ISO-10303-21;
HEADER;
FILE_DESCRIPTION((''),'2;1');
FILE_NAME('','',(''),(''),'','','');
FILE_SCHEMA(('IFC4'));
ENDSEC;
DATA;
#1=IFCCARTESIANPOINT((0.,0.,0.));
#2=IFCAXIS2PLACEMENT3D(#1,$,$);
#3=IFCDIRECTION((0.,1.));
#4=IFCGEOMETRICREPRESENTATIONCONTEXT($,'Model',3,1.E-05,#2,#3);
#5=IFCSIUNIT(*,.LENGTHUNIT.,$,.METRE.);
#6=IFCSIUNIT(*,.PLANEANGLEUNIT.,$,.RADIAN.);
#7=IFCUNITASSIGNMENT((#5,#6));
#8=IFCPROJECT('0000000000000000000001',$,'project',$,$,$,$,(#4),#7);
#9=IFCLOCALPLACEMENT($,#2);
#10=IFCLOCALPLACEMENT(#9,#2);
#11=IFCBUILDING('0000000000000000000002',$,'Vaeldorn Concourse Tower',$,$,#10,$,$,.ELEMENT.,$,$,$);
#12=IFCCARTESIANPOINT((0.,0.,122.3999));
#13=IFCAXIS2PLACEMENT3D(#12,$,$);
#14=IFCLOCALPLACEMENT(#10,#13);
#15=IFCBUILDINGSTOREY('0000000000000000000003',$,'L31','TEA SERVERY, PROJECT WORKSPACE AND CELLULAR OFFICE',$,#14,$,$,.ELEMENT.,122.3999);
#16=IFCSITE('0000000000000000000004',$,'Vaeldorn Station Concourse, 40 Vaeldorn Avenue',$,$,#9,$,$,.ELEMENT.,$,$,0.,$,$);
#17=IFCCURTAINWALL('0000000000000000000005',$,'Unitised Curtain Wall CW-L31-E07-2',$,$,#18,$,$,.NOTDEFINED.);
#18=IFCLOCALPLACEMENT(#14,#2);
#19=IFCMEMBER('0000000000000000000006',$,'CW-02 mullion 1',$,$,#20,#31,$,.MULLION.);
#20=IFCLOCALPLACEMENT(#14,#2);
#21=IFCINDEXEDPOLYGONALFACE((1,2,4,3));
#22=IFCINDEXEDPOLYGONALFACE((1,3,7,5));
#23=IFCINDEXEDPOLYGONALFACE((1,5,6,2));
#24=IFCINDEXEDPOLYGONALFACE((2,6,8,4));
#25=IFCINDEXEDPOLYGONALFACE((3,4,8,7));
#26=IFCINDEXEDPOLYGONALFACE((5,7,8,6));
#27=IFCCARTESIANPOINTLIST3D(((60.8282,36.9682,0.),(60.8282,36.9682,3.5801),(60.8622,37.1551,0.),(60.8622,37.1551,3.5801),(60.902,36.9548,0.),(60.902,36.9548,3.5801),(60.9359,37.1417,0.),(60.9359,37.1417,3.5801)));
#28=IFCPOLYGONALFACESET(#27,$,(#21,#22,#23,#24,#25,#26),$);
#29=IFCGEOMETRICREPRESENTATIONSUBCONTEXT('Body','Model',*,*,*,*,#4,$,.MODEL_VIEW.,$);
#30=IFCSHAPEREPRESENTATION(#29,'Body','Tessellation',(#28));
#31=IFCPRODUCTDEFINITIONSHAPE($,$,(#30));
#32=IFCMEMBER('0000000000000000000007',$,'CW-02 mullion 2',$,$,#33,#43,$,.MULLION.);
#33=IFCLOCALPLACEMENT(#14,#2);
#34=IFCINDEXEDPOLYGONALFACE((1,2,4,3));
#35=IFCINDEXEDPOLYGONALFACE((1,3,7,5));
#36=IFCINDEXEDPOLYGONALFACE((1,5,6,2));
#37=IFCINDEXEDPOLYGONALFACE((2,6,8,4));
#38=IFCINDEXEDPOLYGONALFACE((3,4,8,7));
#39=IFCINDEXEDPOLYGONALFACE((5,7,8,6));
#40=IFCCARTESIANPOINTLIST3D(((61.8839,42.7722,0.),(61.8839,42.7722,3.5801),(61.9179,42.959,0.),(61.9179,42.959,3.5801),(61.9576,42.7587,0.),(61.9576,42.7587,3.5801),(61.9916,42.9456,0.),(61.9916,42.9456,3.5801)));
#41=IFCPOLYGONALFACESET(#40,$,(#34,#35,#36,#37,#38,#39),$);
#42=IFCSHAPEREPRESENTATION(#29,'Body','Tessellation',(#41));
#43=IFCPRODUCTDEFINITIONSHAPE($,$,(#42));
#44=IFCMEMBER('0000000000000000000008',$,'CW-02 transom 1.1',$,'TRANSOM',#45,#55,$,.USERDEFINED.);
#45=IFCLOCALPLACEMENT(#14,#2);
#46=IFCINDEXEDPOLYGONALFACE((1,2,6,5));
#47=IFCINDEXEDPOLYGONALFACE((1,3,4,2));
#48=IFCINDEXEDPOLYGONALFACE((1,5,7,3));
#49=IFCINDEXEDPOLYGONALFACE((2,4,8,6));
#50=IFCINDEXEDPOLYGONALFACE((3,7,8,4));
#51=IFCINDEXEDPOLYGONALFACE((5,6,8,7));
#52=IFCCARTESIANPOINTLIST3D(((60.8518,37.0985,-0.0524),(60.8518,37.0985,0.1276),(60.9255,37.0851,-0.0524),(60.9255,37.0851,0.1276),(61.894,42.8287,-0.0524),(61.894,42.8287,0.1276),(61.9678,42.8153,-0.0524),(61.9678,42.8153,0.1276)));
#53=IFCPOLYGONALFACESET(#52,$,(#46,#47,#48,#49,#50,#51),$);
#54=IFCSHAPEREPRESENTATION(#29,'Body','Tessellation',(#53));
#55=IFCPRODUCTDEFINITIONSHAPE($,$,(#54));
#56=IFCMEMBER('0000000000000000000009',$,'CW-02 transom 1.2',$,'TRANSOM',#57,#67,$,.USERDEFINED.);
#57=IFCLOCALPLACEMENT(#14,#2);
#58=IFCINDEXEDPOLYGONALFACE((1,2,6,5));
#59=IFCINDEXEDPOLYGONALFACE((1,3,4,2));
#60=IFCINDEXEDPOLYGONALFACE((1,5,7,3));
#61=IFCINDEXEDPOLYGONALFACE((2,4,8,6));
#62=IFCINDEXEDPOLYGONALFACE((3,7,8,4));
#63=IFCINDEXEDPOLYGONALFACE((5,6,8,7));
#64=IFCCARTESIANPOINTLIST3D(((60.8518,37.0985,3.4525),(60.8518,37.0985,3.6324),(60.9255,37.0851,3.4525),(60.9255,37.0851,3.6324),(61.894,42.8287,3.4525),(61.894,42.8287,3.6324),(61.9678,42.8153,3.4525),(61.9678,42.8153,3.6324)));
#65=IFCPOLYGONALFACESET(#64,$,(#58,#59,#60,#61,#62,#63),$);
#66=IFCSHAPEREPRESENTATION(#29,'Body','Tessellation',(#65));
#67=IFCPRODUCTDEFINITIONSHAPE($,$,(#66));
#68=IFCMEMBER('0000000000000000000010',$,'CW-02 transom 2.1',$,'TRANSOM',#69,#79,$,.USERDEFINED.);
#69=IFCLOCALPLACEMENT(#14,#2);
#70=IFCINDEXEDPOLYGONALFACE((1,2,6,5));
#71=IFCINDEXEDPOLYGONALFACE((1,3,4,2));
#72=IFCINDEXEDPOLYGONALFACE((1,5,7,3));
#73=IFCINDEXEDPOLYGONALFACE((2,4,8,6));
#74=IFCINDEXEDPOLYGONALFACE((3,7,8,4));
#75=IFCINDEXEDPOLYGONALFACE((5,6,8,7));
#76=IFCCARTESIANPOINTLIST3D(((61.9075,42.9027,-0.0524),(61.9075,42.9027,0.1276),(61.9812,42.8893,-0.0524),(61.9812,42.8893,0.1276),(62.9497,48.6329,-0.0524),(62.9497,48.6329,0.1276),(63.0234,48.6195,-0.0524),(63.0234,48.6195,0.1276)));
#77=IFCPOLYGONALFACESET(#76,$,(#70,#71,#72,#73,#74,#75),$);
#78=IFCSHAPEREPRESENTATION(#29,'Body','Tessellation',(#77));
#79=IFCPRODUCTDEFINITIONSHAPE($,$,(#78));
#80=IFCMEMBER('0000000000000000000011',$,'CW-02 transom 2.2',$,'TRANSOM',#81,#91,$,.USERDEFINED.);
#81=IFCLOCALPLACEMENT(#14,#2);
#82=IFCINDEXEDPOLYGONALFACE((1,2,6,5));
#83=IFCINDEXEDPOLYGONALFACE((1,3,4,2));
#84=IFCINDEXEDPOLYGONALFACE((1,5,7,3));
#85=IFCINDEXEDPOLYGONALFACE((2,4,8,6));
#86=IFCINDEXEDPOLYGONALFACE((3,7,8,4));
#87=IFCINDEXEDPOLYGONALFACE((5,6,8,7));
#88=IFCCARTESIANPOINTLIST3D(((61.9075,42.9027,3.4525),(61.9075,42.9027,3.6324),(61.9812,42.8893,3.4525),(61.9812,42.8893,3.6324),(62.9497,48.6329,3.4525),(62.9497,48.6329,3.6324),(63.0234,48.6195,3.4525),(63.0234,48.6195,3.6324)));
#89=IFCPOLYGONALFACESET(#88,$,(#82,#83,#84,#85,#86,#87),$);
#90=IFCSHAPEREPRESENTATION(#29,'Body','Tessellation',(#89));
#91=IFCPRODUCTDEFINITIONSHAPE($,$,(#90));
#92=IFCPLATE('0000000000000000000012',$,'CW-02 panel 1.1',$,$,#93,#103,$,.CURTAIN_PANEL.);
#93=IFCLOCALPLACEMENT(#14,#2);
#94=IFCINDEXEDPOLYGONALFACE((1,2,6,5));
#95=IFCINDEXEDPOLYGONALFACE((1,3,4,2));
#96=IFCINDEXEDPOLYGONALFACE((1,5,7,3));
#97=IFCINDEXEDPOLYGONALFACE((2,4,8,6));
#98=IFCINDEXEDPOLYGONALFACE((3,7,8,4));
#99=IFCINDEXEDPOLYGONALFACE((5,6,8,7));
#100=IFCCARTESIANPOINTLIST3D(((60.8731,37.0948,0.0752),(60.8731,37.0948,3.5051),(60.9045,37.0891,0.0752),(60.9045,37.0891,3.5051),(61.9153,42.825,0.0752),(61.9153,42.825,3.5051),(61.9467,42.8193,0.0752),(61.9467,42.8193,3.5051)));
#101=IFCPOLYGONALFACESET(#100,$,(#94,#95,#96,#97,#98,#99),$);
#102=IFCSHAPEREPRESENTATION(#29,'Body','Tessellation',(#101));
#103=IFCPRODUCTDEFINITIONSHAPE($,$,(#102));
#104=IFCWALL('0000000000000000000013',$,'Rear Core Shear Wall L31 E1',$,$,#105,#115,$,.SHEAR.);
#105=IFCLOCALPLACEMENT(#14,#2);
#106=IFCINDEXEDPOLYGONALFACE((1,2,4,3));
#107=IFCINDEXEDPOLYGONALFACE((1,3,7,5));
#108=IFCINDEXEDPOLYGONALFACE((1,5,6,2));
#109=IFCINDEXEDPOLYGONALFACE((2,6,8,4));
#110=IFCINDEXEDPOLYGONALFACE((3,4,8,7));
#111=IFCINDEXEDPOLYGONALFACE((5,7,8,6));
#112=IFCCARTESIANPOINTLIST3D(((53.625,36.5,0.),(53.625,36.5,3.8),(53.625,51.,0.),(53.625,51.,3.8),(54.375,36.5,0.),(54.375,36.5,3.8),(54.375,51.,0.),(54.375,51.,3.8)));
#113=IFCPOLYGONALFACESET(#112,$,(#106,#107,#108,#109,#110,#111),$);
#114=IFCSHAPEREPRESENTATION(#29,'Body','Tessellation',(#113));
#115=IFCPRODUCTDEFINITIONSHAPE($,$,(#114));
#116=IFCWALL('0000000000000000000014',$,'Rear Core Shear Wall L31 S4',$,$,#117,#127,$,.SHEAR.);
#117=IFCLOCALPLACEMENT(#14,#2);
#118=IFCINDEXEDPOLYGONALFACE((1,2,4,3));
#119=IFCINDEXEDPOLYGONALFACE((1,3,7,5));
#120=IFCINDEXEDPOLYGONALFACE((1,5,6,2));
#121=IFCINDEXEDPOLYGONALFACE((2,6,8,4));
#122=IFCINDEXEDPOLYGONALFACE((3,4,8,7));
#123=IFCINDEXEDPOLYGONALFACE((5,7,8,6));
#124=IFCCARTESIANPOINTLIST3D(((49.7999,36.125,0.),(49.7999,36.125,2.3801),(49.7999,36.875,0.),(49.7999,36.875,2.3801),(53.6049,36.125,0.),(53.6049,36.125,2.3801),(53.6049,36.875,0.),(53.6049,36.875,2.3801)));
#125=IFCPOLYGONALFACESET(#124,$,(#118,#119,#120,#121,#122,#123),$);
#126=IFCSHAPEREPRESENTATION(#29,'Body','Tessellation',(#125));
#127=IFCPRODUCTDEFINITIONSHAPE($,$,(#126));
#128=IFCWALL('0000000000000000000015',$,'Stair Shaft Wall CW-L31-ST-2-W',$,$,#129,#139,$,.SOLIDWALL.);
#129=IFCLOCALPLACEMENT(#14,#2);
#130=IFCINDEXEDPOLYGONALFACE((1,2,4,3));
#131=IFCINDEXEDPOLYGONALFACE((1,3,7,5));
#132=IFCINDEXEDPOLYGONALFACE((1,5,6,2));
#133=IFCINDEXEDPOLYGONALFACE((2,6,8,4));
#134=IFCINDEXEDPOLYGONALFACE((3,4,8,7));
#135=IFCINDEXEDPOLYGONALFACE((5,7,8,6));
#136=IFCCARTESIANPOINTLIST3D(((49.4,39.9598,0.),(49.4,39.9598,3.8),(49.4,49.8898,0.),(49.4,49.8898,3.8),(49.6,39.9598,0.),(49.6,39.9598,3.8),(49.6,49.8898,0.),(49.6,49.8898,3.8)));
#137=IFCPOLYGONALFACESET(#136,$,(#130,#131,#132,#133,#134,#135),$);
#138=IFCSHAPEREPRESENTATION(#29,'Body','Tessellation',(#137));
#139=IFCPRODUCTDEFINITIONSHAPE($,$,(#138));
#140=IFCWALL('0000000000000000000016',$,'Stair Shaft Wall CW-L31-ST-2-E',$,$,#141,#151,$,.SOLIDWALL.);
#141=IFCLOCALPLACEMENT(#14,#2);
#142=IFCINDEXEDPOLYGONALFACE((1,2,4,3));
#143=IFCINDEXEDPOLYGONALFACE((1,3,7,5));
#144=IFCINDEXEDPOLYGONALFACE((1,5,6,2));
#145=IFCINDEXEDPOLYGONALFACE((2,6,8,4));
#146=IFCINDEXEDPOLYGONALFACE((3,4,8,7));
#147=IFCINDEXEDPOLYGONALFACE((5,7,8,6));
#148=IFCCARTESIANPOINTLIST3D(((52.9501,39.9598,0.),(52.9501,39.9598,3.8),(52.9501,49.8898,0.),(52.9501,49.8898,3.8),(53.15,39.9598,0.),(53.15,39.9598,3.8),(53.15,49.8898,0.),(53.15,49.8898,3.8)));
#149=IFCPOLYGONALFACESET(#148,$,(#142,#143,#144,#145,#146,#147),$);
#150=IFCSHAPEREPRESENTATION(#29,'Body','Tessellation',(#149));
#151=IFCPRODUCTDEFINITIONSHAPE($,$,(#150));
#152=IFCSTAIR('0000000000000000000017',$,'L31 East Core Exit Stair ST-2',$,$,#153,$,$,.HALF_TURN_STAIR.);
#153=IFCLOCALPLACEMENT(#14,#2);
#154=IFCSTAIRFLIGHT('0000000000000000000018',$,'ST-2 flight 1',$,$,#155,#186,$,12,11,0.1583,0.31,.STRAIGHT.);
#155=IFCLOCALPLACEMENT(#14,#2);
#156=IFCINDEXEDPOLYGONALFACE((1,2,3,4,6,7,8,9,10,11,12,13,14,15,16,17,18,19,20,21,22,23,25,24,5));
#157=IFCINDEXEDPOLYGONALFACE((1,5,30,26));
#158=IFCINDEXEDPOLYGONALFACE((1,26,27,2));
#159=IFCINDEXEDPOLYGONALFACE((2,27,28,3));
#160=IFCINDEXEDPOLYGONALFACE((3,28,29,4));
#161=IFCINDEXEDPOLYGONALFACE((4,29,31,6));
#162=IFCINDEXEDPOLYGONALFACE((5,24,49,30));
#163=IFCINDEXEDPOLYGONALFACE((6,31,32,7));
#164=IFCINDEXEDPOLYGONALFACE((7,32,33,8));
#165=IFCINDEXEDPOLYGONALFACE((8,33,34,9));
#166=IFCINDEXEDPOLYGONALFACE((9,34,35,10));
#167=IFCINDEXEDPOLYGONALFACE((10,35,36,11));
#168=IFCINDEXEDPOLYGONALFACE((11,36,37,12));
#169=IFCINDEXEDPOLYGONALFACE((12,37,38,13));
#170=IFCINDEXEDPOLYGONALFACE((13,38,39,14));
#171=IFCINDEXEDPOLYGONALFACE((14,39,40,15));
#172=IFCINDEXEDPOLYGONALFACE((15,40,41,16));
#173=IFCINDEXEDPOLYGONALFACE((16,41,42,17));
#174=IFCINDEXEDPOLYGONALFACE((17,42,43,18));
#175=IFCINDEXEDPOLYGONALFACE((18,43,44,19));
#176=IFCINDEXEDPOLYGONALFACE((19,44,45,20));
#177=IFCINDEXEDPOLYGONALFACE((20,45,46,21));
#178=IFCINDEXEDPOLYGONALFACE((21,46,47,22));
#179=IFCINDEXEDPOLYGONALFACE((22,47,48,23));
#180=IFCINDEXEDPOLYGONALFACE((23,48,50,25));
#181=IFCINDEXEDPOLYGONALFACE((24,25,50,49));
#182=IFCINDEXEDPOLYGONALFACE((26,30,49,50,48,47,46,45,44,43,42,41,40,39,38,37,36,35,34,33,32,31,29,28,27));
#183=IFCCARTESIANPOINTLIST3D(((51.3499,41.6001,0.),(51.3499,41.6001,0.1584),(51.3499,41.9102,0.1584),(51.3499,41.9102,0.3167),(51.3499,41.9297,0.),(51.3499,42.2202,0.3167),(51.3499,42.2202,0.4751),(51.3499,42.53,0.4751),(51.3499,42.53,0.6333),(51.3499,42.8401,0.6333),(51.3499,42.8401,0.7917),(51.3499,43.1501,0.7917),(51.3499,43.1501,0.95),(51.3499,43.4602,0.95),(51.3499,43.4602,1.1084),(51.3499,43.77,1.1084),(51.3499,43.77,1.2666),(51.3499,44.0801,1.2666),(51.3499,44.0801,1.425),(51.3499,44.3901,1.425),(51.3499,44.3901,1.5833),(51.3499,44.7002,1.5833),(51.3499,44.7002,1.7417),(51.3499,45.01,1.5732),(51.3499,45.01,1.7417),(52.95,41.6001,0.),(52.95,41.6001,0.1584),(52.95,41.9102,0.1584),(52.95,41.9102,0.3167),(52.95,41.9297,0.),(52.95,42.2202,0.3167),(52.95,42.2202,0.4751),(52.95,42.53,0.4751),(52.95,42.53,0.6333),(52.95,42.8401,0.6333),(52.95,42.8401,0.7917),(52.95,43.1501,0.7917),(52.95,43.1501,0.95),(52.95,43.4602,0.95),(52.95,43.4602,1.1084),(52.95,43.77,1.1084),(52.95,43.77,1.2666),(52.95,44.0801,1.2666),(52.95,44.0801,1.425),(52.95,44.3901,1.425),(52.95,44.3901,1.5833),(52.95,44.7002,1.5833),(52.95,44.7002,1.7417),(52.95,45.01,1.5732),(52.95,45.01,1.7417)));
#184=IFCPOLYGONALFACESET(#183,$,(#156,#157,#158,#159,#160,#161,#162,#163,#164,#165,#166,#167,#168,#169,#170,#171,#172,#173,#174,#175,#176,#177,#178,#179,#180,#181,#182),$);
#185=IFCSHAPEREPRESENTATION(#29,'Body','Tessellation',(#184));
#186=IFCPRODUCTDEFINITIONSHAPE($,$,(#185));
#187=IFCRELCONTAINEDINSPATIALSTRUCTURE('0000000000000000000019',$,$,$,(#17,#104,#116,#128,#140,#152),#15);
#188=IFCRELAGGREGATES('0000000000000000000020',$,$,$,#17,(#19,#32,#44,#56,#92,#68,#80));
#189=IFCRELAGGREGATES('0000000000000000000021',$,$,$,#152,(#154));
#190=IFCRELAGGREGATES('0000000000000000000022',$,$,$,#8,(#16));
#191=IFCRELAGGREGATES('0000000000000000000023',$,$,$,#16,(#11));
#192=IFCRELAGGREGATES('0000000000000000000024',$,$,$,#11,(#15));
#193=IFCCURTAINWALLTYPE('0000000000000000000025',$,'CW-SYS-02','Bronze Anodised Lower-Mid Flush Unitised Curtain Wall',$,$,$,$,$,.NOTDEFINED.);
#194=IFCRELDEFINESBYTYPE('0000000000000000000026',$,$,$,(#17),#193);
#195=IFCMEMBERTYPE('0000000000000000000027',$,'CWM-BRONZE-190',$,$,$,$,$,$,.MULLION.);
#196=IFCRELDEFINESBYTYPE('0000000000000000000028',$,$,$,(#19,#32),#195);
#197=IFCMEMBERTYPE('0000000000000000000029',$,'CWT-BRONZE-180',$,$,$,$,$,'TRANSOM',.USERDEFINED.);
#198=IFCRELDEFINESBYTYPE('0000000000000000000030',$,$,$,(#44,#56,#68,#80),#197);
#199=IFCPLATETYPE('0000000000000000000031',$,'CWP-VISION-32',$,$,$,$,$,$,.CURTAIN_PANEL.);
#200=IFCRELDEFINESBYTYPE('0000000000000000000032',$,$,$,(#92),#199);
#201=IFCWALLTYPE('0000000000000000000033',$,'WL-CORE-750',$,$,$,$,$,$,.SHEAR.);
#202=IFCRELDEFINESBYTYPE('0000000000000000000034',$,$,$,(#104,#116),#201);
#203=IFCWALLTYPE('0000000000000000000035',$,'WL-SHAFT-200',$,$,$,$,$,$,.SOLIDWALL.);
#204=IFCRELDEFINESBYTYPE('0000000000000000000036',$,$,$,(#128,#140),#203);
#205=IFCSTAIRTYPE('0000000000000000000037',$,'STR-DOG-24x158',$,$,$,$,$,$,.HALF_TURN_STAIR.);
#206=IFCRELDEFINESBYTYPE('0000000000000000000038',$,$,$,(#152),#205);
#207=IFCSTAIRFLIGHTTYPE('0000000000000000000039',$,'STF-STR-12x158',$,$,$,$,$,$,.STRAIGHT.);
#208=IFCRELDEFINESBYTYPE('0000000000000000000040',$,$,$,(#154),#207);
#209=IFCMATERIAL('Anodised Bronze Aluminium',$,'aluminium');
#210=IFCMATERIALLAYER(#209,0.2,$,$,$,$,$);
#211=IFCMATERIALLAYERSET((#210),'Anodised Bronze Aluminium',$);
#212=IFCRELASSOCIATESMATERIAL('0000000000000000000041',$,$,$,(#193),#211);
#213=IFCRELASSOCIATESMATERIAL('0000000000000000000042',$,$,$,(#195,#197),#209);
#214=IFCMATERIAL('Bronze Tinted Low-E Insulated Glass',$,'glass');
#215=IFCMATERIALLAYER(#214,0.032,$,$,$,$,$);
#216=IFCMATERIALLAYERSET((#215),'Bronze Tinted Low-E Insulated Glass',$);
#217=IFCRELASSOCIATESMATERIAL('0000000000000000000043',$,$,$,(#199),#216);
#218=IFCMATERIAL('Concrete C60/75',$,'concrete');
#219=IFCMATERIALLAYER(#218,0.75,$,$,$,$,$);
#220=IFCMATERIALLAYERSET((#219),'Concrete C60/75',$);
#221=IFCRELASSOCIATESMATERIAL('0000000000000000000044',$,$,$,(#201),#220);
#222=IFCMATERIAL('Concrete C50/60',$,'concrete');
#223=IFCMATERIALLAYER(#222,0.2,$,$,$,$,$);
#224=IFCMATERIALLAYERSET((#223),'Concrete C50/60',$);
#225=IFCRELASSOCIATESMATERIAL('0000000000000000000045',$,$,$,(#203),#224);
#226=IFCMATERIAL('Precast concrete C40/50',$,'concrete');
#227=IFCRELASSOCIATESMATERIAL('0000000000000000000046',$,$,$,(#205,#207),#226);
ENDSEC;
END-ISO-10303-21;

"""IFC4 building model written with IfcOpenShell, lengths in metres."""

from ifc_helpers import new_model, si_unit, direction, frame, frame_2d, origin, origin_2d, place, context, subcontext, project, spatial, polyline, rectangle, outline, extrude, source, transform, mapped, material, layer, layer_set, material_profile, profile_set, type_object, element, aggregate, save


model = new_model("IFC4")

# Units and contexts
model_context = context("Model", 3, precision=1e-05, world=origin(), true_north=direction((0.0, 1.0)))
body_context = subcontext(model_context, "Body", "Model", "MODEL_VIEW")
ifc_project = project(units=[si_unit("LENGTHUNIT", "METRE"), si_unit("PLANEANGLEUNIT", "RADIAN")], contexts=[model_context])

# Site, building, storey
site_placement = place(None, origin())
site = spatial("IfcSite", under=ifc_project, at=site_placement, Name="Vaeldorn Station Concourse, 40 Vaeldorn Avenue", CompositionType="ELEMENT", RefElevation=0.0)
building_placement = place(site_placement, origin())
building = spatial("IfcBuilding", under=site, at=building_placement, Name="Vaeldorn Concourse Tower", CompositionType="ELEMENT")
storey_placement = place(building_placement, frame((0.0, 0.0, 122.3999)))
storey = spatial("IfcBuildingStorey", under=building, at=storey_placement, Name="L31", Description="TEA SERVERY, PROJECT WORKSPACE AND CELLULAR OFFICE", CompositionType="ELEMENT", Elevation=122.3999)

# Shared definitions
ifc_material_1 = material(Name="Concrete C60/75", Category="concrete")

# Curtain wall, members, plate
ifc_material_2 = material(Name="Anodised Bronze Aluminium", Category="aluminium")
ifc_layer_1 = layer(ifc_material_2, 0.2)
ifc_layer_set_1 = layer_set([ifc_layer_1], Name="Anodised Bronze Aluminium")
curtain_wall_type = type_object("IfcCurtainWallType", Name="CW-SYS-02", Description="Bronze Anodised Lower-Mid Flush Unitised Curtain Wall", PredefinedType="NOTDEFINED", material=ifc_layer_set_1)
curtain_wall_placement = place(storey_placement, origin())
curtain_wall = element("IfcCurtainWall", 1, at=curtain_wall_placement, inside=storey, type_object=curtain_wall_type, Name="Unitised Curtain Wall CW-L31-E07-2", PredefinedType="NOTDEFINED")
ifc_material_profile_1 = material_profile(ifc_material_2, rectangle(XDim=0.075, YDim=0.1899, at=origin_2d()), Name="CWM 75x190")
ifc_profile_set_1 = profile_set([ifc_material_profile_1], Name="Anodised Bronze Aluminium")
member_type_1 = type_object("IfcMemberType", Name="CWM-BRONZE-190", PredefinedType="MULLION", material=ifc_profile_set_1)
shared_shape_1 = source(origin(), body_context, "Body", "SweptSolid", [
    extrude(rectangle(XDim=0.075, YDim=0.1899, at=origin_2d()), origin(), (0.0, 0.0, 1.0), 3.5801),
])
member_1_placement = place(storey_placement, frame((60.8821, 37.0549, 0.0), z_axis=(0.0, 0.0, 1.0), x_axis=(-0.98386, 0.178943, 0.0)))
member_1 = element("IfcMember", 2, at=member_1_placement, type_object=member_type_1, Name="CW-02 mullion 1", PredefinedType="MULLION", context=body_context, shape_type="MappedRepresentation", body=[
    mapped(shared_shape_1, transform((0.0, 0.0, 0.0), scale=1.0)),
])
member_2_placement = place(storey_placement, frame((61.9377, 42.8589, 0.0), z_axis=(0.0, 0.0, 1.0), x_axis=(-0.98386, 0.178943, 0.0)))
member_2 = element("IfcMember", 3, at=member_2_placement, type_object=member_type_1, Name="CW-02 mullion 2", PredefinedType="MULLION", context=body_context, shape_type="MappedRepresentation", body=[
    mapped(shared_shape_1, transform((0.0, 0.0, 0.0), scale=1.0)),
])
ifc_material_profile_2 = material_profile(ifc_material_2, rectangle(XDim=0.075, YDim=0.1799, at=origin_2d()), Name="CWT 75x180")
ifc_profile_set_2 = profile_set([ifc_material_profile_2], Name="Anodised Bronze Aluminium")
member_type_2 = type_object("IfcMemberType", Name="CWT-BRONZE-180", ElementType="TRANSOM", PredefinedType="USERDEFINED", material=ifc_profile_set_2)
shared_shape_2 = source(origin(), body_context, "Body", "SweptSolid", [
    extrude(rectangle(XDim=0.075, YDim=0.1799, at=origin_2d()), origin(), (0.0, 0.0, 1.0), 5.8242),
])
member_3_placement = place(storey_placement, frame((60.8887, 37.0918, 0.0376), z_axis=(0.178948, 0.983859, 0.0), x_axis=(-0.983859, 0.178948, 0.0)))
member_3 = element("IfcMember", 4, at=member_3_placement, type_object=member_type_2, Name="CW-02 transom 1.1", ObjectType="TRANSOM", PredefinedType="USERDEFINED", context=body_context, shape_type="MappedRepresentation", body=[
    mapped(shared_shape_2, transform((0.0, 0.0, 0.0), scale=1.0)),
])
member_4_placement = place(storey_placement, frame((60.8887, 37.0918, 3.5425), z_axis=(0.178948, 0.983859, 0.0), x_axis=(-0.983859, 0.178948, 0.0)))
member_4 = element("IfcMember", 5, at=member_4_placement, type_object=member_type_2, Name="CW-02 transom 1.2", ObjectType="TRANSOM", PredefinedType="USERDEFINED", context=body_context, shape_type="MappedRepresentation", body=[
    mapped(shared_shape_2, transform((0.0, 0.0, 0.0), scale=1.0)),
])
member_5_placement = place(storey_placement, frame((61.9443, 42.896, 0.0376), z_axis=(0.178948, 0.983859, 0.0), x_axis=(-0.983859, 0.178948, 0.0)))
member_5 = element("IfcMember", 6, at=member_5_placement, type_object=member_type_2, Name="CW-02 transom 2.1", ObjectType="TRANSOM", PredefinedType="USERDEFINED", context=body_context, shape_type="MappedRepresentation", body=[
    mapped(shared_shape_2, transform((0.0, 0.0, 0.0), scale=1.0)),
])
member_6_placement = place(storey_placement, frame((61.9443, 42.896, 3.5425), z_axis=(0.178948, 0.983859, 0.0), x_axis=(-0.983859, 0.178948, 0.0)))
member_6 = element("IfcMember", 7, at=member_6_placement, type_object=member_type_2, Name="CW-02 transom 2.2", ObjectType="TRANSOM", PredefinedType="USERDEFINED", context=body_context, shape_type="MappedRepresentation", body=[
    mapped(shared_shape_2, transform((0.0, 0.0, 0.0), scale=1.0)),
])
ifc_material_3 = material(Name="Bronze Tinted Low-E Insulated Glass", Category="glass")
ifc_layer_2 = layer(ifc_material_3, 0.032)
ifc_layer_set_2 = layer_set([ifc_layer_2], Name="Bronze Tinted Low-E Insulated Glass")
plate_type = type_object("IfcPlateType", Name="CWP-VISION-32", PredefinedType="CURTAIN_PANEL", material=ifc_layer_set_2)
shared_shape_3 = source(origin(), body_context, "Body", "SweptSolid", [
    extrude(rectangle(XDim=5.8242, YDim=0.032, at=origin_2d()), origin(), (0.0, 0.0, 1.0), 3.4299),
])
plate_placement = place(storey_placement, frame((61.4099, 39.957, 0.0752), z_axis=(0.0, 0.0, 1.0), x_axis=(0.178943, 0.98386, 0.0)))
plate = element("IfcPlate", 8, at=plate_placement, type_object=plate_type, Name="CW-02 panel 1.1", PredefinedType="CURTAIN_PANEL", context=body_context, shape_type="MappedRepresentation", body=[
    mapped(shared_shape_3, transform((0.0, 0.0, 0.0), scale=1.0)),
])
aggregate(curtain_wall, [member_1, member_2, member_3, member_4, plate, member_5, member_6])

# Walls
ifc_layer_3 = layer(ifc_material_1, 0.75)
ifc_layer_set_3 = layer_set([ifc_layer_3], Name="Concrete C60/75")
wall_type_1 = type_object("IfcWallType", Name="WL-CORE-750", PredefinedType="SHEAR", material=ifc_layer_set_3)
wall_1_placement = place(storey_placement, frame((54.0, 36.5, 0.0), z_axis=(0.0, 0.0, 1.0), x_axis=(0.0, 1.0, 0.0)))
element("IfcWall", 9, at=wall_1_placement, inside=storey, type_object=wall_type_1, Name="Rear Core Shear Wall L31 E1", PredefinedType="SHEAR", context=body_context, shape_type="SweptSolid", body=[
    extrude(rectangle(XDim=14.5, YDim=0.75, at=frame_2d((7.25, 0.0))), origin(), (0.0, 0.0, 1.0), 3.8),
])
wall_2_placement = place(storey_placement, frame((49.8, 36.5, 0.0), z_axis=(0.0, 0.0, 1.0), x_axis=(1.0, 0.0, 0.0)))
element("IfcWall", 10, at=wall_2_placement, inside=storey, type_object=wall_type_1, Name="Rear Core Shear Wall L31 S4", PredefinedType="SHEAR", context=body_context, shape_type="SweptSolid", body=[
    extrude(rectangle(XDim=3.8049, YDim=0.75, at=frame_2d((1.9023, 0.0))), origin(), (0.0, 0.0, 1.0), 2.3801),
])
ifc_material_4 = material(Name="Concrete C50/60", Category="concrete")
ifc_layer_4 = layer(ifc_material_4, 0.2)
ifc_layer_set_4 = layer_set([ifc_layer_4], Name="Concrete C50/60")
wall_type_2 = type_object("IfcWallType", Name="WL-SHAFT-200", PredefinedType="SOLIDWALL", material=ifc_layer_set_4)
for number, where, z_axis, x_axis, name in (
    (11, (49.5, 39.96, 0.0), (0.0, 0.0, 1.0), (0.0, 1.0, 0.0), "Stair Shaft Wall CW-L31-ST-2-W"),
    (12, (53.05, 39.96, 0.0), (0.0, 0.0, 1.0), (0.0, 1.0, 0.0), "Stair Shaft Wall CW-L31-ST-2-E"),
):
    element("IfcWall", number, at=place(storey_placement, frame(where, z_axis=z_axis, x_axis=x_axis)), inside=storey, type_object=wall_type_2, Name=name, PredefinedType="SOLIDWALL", context=body_context, shape_type="SweptSolid", body=[
        extrude(rectangle(XDim=9.9299, YDim=0.2, at=frame_2d((4.9648, 0.0))), origin(), (0.0, 0.0, 1.0), 3.8),
    ])

# Stair, stair flight
ifc_material_5 = material(Name="Precast concrete C40/50", Category="concrete")
stair_type = type_object("IfcStairType", Name="STR-DOG-24x158", PredefinedType="HALF_TURN_STAIR", material=ifc_material_5)
stair_placement = place(storey_placement, origin())
stair = element("IfcStair", 13, at=stair_placement, inside=storey, type_object=stair_type, Name="L31 East Core Exit Stair ST-2", PredefinedType="HALF_TURN_STAIR")
stair_flight_type = type_object("IfcStairFlightType", Name="STF-STR-12x158", PredefinedType="STRAIGHT", material=ifc_material_5)
stair_flight_placement = place(storey_placement, frame((52.1499, 41.6001, 0.0), z_axis=(0.0, 0.0, 1.0), x_axis=(0.0, 1.0, 0.0)))
stair_flight = element("IfcStairFlight", 14, at=stair_flight_placement, type_object=stair_flight_type, Name="ST-2 flight 1", NumberOfRisers=12, NumberOfTreads=11, PredefinedType="STRAIGHT", RiserHeight=0.1583, TreadLength=0.31, context=body_context, shape_type="SweptSolid", body=[
    extrude(outline(polyline([(0.0, 0.0), (0.0, 0.1584), (0.3101, 0.1584), (0.3101, 0.3167), (0.6201, 0.3167), (0.6201, 0.4751), (0.9299, 0.4751), (0.9299, 0.6333), (1.24, 0.6333), (1.24, 0.7917), (1.55, 0.7917), (1.55, 0.95), (1.8601, 0.95), (1.8601, 1.1084), (2.1699, 1.1084), (2.1699, 1.2666), (2.48, 1.2666), (2.48, 1.425), (2.79, 1.425), (2.79, 1.5833), (3.1001, 1.5833), (3.1001, 1.7417), (3.4099, 1.7417), (3.4099, 1.8999), (3.4099, 1.5732), (0.3296, 0.0), (0.0, 0.0)])), frame((0.0, 0.8, 0.0), z_axis=(0.0, -1.0, 0.0), x_axis=(1.0, 0.0, 0.0)), (0.0, 0.0, 1.0), 1.6001),
])
aggregate(stair, [stair_flight])

save(model, "model.ifc")
